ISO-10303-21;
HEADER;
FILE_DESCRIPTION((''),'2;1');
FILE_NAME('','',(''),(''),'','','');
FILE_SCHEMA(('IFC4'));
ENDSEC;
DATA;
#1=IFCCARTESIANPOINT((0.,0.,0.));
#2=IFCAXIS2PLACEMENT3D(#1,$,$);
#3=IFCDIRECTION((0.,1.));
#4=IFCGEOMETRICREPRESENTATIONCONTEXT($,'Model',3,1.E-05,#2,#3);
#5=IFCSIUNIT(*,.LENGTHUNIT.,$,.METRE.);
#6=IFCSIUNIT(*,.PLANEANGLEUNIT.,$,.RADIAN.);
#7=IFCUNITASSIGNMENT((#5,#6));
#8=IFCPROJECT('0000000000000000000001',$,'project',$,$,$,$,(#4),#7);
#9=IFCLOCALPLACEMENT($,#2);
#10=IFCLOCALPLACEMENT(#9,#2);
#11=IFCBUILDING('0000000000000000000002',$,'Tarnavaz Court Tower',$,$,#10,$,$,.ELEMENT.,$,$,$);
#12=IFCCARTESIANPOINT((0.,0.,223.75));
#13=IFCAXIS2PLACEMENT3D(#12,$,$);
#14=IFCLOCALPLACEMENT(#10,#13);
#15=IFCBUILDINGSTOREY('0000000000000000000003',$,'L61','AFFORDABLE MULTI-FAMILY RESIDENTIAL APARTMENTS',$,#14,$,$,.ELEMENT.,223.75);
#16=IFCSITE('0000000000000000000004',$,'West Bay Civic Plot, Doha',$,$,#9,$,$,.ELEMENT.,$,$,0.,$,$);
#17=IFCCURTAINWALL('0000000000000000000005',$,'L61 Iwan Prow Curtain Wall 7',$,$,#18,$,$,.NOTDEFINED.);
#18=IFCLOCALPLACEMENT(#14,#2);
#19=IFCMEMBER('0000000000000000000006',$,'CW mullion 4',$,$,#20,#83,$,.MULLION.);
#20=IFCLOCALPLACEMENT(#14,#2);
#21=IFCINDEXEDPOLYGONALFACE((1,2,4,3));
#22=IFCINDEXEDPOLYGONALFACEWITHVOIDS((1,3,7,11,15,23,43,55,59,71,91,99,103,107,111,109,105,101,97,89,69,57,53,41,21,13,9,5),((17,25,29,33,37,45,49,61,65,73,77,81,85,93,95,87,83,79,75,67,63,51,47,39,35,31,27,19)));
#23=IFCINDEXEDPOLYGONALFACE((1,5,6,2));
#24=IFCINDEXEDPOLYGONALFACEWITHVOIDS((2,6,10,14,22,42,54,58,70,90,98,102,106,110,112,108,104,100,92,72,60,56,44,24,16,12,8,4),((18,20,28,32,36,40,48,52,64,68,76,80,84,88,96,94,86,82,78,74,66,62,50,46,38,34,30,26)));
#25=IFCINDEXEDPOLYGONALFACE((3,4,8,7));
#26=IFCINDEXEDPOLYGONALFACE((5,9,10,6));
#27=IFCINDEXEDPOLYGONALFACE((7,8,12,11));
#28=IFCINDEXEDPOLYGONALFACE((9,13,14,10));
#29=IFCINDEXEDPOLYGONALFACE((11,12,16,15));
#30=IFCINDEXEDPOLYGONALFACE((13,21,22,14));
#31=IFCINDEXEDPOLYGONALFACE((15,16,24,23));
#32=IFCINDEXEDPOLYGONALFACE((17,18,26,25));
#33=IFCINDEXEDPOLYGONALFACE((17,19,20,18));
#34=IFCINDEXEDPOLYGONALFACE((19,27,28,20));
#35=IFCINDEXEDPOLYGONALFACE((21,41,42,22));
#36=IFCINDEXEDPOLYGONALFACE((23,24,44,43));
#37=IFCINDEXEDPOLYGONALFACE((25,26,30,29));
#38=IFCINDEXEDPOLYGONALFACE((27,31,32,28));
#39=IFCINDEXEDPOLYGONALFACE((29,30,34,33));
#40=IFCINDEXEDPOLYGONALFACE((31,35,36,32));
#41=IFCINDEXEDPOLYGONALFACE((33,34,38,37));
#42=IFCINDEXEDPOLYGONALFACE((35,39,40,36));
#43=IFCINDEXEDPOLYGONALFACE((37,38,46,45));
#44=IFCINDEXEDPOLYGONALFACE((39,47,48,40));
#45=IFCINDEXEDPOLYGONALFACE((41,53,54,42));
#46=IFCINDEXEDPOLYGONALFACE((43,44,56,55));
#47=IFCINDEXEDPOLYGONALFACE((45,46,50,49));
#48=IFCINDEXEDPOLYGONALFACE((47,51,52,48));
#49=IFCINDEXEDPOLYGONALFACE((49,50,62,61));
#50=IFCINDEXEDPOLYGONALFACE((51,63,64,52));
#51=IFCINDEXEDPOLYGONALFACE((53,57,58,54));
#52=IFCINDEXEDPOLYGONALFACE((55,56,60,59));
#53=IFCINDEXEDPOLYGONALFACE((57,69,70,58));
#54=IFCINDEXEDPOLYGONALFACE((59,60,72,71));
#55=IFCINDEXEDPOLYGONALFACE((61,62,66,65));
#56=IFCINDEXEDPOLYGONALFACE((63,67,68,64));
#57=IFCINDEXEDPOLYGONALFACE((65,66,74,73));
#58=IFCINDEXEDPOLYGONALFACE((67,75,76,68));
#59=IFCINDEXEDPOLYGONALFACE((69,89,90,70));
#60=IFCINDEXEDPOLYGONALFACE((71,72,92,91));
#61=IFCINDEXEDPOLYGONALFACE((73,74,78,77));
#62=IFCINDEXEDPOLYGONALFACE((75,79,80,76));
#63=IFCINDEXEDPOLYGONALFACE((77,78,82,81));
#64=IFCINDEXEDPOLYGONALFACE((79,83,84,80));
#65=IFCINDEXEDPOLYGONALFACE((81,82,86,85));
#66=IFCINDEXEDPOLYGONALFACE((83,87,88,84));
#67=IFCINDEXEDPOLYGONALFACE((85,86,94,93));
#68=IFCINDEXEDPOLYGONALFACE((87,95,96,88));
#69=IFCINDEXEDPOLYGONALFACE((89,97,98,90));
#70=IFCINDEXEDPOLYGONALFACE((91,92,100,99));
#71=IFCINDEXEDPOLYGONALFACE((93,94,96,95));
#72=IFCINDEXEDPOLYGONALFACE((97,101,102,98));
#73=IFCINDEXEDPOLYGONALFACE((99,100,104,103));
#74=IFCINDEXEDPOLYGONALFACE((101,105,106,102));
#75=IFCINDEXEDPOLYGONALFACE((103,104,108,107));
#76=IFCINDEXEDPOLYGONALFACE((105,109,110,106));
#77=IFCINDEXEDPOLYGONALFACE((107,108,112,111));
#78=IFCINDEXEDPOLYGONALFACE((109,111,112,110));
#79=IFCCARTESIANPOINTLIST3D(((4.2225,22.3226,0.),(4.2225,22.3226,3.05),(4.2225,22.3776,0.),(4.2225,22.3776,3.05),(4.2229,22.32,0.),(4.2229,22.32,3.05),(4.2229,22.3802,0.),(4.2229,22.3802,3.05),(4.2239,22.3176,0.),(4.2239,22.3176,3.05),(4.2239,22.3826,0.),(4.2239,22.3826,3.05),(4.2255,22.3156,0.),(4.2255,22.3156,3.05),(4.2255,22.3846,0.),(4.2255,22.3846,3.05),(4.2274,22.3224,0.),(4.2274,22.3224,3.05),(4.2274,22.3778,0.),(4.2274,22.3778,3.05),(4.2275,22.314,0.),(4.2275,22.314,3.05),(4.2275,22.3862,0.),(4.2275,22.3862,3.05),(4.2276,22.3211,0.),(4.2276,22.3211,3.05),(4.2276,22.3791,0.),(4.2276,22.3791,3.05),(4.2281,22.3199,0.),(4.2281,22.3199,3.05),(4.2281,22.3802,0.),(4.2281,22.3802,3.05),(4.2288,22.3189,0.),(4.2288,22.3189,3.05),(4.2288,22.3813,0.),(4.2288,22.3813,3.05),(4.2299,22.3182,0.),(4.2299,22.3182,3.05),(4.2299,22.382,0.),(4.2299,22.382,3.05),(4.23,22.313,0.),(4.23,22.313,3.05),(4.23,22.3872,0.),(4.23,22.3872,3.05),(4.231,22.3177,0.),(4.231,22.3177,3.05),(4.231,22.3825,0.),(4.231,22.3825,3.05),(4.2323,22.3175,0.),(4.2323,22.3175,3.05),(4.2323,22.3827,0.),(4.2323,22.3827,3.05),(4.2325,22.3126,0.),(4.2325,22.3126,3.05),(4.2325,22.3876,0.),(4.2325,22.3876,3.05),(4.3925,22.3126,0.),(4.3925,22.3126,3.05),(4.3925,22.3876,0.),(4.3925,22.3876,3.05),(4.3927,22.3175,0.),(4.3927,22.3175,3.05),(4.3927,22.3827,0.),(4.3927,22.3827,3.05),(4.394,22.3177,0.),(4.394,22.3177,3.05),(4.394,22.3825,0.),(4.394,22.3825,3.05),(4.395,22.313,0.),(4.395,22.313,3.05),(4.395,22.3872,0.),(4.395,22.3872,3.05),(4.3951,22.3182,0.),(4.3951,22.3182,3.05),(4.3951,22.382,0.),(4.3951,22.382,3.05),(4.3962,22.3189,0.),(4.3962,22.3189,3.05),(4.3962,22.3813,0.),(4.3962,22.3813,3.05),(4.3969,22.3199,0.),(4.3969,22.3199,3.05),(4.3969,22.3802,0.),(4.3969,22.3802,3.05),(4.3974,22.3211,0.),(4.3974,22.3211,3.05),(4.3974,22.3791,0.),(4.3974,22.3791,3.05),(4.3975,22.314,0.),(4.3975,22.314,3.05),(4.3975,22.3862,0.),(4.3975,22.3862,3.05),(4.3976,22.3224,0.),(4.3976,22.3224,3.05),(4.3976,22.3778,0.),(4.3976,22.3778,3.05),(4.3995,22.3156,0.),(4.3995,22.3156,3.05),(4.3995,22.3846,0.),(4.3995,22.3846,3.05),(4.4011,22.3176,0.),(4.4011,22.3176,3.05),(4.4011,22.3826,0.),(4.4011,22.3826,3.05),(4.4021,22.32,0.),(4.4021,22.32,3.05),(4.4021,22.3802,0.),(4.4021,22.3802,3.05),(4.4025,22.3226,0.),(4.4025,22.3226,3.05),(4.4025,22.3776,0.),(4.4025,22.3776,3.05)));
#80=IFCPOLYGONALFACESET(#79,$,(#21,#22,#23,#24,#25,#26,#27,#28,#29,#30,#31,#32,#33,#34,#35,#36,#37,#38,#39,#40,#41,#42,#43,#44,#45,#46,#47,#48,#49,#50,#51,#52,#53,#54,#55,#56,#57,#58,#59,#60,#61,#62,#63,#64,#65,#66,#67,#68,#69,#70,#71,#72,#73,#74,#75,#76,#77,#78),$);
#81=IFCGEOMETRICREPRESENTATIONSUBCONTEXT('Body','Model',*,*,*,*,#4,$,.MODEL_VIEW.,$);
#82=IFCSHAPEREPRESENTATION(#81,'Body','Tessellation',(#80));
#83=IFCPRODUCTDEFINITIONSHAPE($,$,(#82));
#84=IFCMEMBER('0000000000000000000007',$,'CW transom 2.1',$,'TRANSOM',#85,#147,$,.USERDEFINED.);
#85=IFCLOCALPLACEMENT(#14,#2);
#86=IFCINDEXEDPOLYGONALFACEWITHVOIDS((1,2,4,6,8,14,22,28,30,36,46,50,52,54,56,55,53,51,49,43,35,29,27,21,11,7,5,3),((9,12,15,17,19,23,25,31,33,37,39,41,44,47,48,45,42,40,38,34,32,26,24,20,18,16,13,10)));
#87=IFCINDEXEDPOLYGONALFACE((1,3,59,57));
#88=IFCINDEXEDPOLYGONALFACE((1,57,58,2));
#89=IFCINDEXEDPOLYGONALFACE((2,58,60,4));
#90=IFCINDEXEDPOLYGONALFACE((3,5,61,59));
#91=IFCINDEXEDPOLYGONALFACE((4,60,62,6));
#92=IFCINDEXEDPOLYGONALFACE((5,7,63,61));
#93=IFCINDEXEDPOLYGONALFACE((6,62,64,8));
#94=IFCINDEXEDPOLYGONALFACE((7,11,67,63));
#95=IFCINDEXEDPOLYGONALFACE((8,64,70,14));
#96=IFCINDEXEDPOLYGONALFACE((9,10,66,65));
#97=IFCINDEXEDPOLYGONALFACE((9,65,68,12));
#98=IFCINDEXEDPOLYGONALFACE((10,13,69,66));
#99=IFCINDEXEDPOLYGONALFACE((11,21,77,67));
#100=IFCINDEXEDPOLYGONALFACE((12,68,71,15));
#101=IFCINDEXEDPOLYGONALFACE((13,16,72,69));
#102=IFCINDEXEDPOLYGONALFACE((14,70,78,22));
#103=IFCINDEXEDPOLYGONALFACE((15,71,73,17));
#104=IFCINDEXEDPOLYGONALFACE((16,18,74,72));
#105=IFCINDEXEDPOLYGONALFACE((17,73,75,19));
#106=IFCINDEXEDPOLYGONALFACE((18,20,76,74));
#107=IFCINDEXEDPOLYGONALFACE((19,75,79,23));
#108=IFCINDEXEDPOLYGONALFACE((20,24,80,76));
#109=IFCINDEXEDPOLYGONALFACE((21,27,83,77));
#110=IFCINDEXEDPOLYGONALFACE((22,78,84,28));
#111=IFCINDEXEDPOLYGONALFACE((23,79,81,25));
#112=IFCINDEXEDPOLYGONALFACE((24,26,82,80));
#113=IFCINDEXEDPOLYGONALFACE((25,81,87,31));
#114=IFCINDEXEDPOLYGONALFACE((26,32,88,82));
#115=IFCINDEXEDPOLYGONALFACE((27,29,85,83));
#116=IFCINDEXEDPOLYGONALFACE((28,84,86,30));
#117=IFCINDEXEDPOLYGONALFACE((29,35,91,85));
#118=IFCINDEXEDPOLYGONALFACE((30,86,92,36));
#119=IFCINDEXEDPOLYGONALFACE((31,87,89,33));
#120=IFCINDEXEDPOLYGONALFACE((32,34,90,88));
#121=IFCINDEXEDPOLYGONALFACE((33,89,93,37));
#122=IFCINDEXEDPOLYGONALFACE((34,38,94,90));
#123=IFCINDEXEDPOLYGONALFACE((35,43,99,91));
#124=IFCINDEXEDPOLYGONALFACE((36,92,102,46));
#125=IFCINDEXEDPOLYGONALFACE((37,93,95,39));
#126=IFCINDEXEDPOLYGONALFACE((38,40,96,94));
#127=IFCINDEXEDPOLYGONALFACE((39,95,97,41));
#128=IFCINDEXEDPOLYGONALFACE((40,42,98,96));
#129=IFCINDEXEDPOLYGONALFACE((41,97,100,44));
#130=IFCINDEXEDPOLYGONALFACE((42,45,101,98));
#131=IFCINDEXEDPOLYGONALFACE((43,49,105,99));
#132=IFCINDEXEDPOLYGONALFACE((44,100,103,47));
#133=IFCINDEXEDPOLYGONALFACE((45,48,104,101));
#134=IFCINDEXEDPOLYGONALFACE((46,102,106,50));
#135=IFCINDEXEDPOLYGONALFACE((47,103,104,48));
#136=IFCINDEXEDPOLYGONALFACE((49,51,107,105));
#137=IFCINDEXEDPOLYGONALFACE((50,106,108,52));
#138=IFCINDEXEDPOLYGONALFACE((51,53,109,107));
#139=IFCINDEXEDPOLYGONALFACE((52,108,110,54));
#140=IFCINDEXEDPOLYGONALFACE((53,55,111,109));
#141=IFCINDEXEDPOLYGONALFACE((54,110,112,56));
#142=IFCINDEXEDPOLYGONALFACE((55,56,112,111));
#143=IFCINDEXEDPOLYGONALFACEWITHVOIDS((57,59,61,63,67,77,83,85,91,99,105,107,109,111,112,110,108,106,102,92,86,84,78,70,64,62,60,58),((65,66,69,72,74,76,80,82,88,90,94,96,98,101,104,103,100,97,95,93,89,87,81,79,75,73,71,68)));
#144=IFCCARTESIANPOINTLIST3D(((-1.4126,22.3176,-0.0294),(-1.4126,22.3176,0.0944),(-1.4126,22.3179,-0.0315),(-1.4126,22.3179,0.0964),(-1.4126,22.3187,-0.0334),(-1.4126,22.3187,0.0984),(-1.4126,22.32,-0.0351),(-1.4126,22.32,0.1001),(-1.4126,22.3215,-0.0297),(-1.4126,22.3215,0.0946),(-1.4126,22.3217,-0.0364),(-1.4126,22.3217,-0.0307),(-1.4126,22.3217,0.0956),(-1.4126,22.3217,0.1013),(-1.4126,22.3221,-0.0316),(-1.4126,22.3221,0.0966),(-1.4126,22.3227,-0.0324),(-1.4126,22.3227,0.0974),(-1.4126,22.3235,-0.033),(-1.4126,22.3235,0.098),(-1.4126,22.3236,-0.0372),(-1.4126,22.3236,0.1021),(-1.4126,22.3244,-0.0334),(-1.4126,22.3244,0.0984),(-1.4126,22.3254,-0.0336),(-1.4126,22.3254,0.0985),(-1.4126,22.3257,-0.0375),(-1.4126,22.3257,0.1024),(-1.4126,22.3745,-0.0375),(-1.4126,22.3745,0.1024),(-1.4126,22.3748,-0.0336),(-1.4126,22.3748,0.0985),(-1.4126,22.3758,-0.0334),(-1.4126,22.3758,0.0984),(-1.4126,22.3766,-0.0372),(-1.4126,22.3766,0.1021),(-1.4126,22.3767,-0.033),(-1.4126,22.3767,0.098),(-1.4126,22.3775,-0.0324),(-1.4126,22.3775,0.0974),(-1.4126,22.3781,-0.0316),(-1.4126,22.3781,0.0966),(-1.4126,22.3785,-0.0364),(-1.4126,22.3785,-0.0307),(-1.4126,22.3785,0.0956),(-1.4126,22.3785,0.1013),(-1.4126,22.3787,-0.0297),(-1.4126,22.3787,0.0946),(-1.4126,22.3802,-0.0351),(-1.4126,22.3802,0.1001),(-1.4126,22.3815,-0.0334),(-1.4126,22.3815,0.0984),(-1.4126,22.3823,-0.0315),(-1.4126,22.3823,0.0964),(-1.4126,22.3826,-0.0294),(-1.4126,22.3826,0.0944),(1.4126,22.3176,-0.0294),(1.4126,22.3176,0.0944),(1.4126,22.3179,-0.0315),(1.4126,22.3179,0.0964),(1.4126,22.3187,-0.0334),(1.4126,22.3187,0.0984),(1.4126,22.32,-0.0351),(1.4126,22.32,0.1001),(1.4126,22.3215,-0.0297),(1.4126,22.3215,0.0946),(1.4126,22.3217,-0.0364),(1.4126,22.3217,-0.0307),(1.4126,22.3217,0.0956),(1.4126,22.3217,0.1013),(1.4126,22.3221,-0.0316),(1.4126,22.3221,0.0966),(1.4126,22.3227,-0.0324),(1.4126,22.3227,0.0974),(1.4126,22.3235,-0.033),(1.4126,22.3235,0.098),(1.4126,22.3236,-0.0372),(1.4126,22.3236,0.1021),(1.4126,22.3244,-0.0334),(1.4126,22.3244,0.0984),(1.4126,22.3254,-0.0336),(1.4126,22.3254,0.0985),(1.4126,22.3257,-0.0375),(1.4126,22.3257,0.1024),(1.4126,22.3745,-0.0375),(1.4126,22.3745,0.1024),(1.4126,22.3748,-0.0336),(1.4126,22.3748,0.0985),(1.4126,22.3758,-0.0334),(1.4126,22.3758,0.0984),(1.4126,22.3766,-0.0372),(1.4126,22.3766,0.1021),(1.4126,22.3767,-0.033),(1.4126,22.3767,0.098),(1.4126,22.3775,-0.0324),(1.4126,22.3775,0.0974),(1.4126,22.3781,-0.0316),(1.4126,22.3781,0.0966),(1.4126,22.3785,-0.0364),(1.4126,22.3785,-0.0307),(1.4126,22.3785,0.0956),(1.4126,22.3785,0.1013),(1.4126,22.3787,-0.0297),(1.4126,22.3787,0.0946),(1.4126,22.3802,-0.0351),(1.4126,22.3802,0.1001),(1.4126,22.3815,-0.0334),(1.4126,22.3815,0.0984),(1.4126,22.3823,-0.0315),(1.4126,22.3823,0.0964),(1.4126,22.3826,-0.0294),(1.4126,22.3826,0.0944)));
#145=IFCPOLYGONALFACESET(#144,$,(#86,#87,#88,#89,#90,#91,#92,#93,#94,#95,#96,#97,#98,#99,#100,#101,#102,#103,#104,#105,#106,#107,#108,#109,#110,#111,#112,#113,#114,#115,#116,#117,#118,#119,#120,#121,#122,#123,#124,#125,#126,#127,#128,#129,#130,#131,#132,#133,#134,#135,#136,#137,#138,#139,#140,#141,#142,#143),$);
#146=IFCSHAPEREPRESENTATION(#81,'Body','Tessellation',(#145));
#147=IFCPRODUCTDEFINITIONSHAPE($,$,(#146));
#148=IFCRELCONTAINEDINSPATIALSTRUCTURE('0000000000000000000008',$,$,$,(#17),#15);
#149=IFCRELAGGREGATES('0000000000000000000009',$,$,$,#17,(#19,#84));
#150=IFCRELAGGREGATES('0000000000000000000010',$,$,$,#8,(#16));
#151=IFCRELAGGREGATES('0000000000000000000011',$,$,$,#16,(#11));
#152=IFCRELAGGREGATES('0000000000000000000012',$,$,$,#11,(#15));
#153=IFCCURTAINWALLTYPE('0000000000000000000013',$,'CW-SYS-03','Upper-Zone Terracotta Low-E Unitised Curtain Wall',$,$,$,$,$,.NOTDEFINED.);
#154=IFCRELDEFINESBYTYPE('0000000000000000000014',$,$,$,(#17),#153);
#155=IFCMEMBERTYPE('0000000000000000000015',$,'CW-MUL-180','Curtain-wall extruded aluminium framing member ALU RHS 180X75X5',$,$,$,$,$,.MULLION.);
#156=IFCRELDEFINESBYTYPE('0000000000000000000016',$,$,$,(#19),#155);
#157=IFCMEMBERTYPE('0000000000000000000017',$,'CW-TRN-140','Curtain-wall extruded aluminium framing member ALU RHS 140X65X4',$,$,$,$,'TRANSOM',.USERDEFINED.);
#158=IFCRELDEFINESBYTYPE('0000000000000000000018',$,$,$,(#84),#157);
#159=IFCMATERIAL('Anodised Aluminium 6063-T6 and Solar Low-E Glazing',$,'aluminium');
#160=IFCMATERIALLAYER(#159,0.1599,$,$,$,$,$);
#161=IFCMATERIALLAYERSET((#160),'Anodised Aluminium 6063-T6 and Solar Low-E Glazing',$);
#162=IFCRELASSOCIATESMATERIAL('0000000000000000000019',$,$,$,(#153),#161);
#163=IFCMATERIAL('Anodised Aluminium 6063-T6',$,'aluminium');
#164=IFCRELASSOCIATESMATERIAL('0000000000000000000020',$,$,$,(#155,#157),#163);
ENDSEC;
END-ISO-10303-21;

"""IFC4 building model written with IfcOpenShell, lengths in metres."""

from ifc_helpers import new_model, si_unit, direction, frame, origin, origin_2d, place, context, subcontext, project, spatial, hollow_rectangle, extrude, material, layer, layer_set, material_profile, profile_set, type_object, element, aggregate, save


model = new_model("IFC4")

# Units and contexts
model_context = context("Model", 3, precision=1e-05, world=origin(), true_north=direction((0.0, 1.0)))
body_context = subcontext(model_context, "Body", "Model", "MODEL_VIEW")
ifc_project = project(units=[si_unit("LENGTHUNIT", "METRE"), si_unit("PLANEANGLEUNIT", "RADIAN")], contexts=[model_context])

# Site, building, storey
site_placement = place(None, origin())
site = spatial("IfcSite", under=ifc_project, at=site_placement, Name="West Bay Civic Plot, Doha", CompositionType="ELEMENT", RefElevation=0.0)
building_placement = place(site_placement, origin())
building = spatial("IfcBuilding", under=site, at=building_placement, Name="Tarnavaz Court Tower", CompositionType="ELEMENT")
storey_placement = place(building_placement, frame((0.0, 0.0, 223.75)))
storey = spatial("IfcBuildingStorey", under=building, at=storey_placement, Name="L61", Description="AFFORDABLE MULTI-FAMILY RESIDENTIAL APARTMENTS", CompositionType="ELEMENT", Elevation=223.75)

# Curtain wall, members
ifc_material_1 = material(Name="Anodised Aluminium 6063-T6 and Solar Low-E Glazing", Category="aluminium")
ifc_layer_1 = layer(ifc_material_1, 0.1599)
ifc_layer_set_1 = layer_set([ifc_layer_1], Name="Anodised Aluminium 6063-T6 and Solar Low-E Glazing")
curtain_wall_type = type_object("IfcCurtainWallType", Name="CW-SYS-03", Description="Upper-Zone Terracotta Low-E Unitised Curtain Wall", PredefinedType="NOTDEFINED", material=ifc_layer_set_1)
curtain_wall_placement = place(storey_placement, origin())
curtain_wall = element("IfcCurtainWall", 1, at=curtain_wall_placement, inside=storey, type_object=curtain_wall_type, Name="L61 Iwan Prow Curtain Wall 7", PredefinedType="NOTDEFINED")
ifc_material_2 = material(Name="Anodised Aluminium 6063-T6", Category="aluminium")
ifc_material_profile_1 = material_profile(ifc_material_2, hollow_rectangle(XDim=0.075, YDim=0.1799, WallThickness=0.0049, InnerFilletRadius=0.0049, OuterFilletRadius=0.01, at=origin_2d()), Name="ALU RHS 180X75X5")
ifc_profile_set_1 = profile_set([ifc_material_profile_1], Name="Anodised Aluminium 6063-T6")
member_type_1 = type_object("IfcMemberType", Name="CW-MUL-180", Description="Curtain-wall extruded aluminium framing member ALU RHS 180X75X5", PredefinedType="MULLION", material=ifc_profile_set_1)
member_1_placement = place(storey_placement, frame((4.3125, 22.3501, 0.0), z_axis=(0.0, 0.0, 1.0), x_axis=(0.0, 1.0, 0.0)))
member_1 = element("IfcMember", 2, at=member_1_placement, type_object=member_type_1, Name="CW mullion 4", PredefinedType="MULLION", context=body_context, shape_type="SweptSolid", body=[
    extrude(hollow_rectangle(XDim=0.075, YDim=0.1799, WallThickness=0.0049, InnerFilletRadius=0.0049, OuterFilletRadius=0.01, at=origin_2d()), origin(), (0.0, 0.0, 1.0), 3.05),
])
ifc_material_profile_2 = material_profile(ifc_material_2, hollow_rectangle(XDim=0.0649, YDim=0.1399, WallThickness=0.0039, InnerFilletRadius=0.0039, OuterFilletRadius=0.0081, at=origin_2d()), Name="ALU RHS 140X65X4")
ifc_profile_set_2 = profile_set([ifc_material_profile_2], Name="Anodised Aluminium 6063-T6")
member_type_2 = type_object("IfcMemberType", Name="CW-TRN-140", Description="Curtain-wall extruded aluminium framing member ALU RHS 140X65X4", ElementType="TRANSOM", PredefinedType="USERDEFINED", material=ifc_profile_set_2)
member_2_placement = place(storey_placement, frame((-1.4126, 22.3501, 0.0325), z_axis=(1.0, 0.0, 0.0), x_axis=(0.0, 1.0, 0.0)))
member_2 = element("IfcMember", 3, at=member_2_placement, type_object=member_type_2, Name="CW transom 2.1", ObjectType="TRANSOM", PredefinedType="USERDEFINED", context=body_context, shape_type="SweptSolid", body=[
    extrude(hollow_rectangle(XDim=0.0649, YDim=0.1399, WallThickness=0.0039, InnerFilletRadius=0.0039, OuterFilletRadius=0.0081, at=origin_2d()), origin(), (0.0, 0.0, 1.0), 2.8252),
])
aggregate(curtain_wall, [member_1, member_2])

save(model, "model.ifc")
